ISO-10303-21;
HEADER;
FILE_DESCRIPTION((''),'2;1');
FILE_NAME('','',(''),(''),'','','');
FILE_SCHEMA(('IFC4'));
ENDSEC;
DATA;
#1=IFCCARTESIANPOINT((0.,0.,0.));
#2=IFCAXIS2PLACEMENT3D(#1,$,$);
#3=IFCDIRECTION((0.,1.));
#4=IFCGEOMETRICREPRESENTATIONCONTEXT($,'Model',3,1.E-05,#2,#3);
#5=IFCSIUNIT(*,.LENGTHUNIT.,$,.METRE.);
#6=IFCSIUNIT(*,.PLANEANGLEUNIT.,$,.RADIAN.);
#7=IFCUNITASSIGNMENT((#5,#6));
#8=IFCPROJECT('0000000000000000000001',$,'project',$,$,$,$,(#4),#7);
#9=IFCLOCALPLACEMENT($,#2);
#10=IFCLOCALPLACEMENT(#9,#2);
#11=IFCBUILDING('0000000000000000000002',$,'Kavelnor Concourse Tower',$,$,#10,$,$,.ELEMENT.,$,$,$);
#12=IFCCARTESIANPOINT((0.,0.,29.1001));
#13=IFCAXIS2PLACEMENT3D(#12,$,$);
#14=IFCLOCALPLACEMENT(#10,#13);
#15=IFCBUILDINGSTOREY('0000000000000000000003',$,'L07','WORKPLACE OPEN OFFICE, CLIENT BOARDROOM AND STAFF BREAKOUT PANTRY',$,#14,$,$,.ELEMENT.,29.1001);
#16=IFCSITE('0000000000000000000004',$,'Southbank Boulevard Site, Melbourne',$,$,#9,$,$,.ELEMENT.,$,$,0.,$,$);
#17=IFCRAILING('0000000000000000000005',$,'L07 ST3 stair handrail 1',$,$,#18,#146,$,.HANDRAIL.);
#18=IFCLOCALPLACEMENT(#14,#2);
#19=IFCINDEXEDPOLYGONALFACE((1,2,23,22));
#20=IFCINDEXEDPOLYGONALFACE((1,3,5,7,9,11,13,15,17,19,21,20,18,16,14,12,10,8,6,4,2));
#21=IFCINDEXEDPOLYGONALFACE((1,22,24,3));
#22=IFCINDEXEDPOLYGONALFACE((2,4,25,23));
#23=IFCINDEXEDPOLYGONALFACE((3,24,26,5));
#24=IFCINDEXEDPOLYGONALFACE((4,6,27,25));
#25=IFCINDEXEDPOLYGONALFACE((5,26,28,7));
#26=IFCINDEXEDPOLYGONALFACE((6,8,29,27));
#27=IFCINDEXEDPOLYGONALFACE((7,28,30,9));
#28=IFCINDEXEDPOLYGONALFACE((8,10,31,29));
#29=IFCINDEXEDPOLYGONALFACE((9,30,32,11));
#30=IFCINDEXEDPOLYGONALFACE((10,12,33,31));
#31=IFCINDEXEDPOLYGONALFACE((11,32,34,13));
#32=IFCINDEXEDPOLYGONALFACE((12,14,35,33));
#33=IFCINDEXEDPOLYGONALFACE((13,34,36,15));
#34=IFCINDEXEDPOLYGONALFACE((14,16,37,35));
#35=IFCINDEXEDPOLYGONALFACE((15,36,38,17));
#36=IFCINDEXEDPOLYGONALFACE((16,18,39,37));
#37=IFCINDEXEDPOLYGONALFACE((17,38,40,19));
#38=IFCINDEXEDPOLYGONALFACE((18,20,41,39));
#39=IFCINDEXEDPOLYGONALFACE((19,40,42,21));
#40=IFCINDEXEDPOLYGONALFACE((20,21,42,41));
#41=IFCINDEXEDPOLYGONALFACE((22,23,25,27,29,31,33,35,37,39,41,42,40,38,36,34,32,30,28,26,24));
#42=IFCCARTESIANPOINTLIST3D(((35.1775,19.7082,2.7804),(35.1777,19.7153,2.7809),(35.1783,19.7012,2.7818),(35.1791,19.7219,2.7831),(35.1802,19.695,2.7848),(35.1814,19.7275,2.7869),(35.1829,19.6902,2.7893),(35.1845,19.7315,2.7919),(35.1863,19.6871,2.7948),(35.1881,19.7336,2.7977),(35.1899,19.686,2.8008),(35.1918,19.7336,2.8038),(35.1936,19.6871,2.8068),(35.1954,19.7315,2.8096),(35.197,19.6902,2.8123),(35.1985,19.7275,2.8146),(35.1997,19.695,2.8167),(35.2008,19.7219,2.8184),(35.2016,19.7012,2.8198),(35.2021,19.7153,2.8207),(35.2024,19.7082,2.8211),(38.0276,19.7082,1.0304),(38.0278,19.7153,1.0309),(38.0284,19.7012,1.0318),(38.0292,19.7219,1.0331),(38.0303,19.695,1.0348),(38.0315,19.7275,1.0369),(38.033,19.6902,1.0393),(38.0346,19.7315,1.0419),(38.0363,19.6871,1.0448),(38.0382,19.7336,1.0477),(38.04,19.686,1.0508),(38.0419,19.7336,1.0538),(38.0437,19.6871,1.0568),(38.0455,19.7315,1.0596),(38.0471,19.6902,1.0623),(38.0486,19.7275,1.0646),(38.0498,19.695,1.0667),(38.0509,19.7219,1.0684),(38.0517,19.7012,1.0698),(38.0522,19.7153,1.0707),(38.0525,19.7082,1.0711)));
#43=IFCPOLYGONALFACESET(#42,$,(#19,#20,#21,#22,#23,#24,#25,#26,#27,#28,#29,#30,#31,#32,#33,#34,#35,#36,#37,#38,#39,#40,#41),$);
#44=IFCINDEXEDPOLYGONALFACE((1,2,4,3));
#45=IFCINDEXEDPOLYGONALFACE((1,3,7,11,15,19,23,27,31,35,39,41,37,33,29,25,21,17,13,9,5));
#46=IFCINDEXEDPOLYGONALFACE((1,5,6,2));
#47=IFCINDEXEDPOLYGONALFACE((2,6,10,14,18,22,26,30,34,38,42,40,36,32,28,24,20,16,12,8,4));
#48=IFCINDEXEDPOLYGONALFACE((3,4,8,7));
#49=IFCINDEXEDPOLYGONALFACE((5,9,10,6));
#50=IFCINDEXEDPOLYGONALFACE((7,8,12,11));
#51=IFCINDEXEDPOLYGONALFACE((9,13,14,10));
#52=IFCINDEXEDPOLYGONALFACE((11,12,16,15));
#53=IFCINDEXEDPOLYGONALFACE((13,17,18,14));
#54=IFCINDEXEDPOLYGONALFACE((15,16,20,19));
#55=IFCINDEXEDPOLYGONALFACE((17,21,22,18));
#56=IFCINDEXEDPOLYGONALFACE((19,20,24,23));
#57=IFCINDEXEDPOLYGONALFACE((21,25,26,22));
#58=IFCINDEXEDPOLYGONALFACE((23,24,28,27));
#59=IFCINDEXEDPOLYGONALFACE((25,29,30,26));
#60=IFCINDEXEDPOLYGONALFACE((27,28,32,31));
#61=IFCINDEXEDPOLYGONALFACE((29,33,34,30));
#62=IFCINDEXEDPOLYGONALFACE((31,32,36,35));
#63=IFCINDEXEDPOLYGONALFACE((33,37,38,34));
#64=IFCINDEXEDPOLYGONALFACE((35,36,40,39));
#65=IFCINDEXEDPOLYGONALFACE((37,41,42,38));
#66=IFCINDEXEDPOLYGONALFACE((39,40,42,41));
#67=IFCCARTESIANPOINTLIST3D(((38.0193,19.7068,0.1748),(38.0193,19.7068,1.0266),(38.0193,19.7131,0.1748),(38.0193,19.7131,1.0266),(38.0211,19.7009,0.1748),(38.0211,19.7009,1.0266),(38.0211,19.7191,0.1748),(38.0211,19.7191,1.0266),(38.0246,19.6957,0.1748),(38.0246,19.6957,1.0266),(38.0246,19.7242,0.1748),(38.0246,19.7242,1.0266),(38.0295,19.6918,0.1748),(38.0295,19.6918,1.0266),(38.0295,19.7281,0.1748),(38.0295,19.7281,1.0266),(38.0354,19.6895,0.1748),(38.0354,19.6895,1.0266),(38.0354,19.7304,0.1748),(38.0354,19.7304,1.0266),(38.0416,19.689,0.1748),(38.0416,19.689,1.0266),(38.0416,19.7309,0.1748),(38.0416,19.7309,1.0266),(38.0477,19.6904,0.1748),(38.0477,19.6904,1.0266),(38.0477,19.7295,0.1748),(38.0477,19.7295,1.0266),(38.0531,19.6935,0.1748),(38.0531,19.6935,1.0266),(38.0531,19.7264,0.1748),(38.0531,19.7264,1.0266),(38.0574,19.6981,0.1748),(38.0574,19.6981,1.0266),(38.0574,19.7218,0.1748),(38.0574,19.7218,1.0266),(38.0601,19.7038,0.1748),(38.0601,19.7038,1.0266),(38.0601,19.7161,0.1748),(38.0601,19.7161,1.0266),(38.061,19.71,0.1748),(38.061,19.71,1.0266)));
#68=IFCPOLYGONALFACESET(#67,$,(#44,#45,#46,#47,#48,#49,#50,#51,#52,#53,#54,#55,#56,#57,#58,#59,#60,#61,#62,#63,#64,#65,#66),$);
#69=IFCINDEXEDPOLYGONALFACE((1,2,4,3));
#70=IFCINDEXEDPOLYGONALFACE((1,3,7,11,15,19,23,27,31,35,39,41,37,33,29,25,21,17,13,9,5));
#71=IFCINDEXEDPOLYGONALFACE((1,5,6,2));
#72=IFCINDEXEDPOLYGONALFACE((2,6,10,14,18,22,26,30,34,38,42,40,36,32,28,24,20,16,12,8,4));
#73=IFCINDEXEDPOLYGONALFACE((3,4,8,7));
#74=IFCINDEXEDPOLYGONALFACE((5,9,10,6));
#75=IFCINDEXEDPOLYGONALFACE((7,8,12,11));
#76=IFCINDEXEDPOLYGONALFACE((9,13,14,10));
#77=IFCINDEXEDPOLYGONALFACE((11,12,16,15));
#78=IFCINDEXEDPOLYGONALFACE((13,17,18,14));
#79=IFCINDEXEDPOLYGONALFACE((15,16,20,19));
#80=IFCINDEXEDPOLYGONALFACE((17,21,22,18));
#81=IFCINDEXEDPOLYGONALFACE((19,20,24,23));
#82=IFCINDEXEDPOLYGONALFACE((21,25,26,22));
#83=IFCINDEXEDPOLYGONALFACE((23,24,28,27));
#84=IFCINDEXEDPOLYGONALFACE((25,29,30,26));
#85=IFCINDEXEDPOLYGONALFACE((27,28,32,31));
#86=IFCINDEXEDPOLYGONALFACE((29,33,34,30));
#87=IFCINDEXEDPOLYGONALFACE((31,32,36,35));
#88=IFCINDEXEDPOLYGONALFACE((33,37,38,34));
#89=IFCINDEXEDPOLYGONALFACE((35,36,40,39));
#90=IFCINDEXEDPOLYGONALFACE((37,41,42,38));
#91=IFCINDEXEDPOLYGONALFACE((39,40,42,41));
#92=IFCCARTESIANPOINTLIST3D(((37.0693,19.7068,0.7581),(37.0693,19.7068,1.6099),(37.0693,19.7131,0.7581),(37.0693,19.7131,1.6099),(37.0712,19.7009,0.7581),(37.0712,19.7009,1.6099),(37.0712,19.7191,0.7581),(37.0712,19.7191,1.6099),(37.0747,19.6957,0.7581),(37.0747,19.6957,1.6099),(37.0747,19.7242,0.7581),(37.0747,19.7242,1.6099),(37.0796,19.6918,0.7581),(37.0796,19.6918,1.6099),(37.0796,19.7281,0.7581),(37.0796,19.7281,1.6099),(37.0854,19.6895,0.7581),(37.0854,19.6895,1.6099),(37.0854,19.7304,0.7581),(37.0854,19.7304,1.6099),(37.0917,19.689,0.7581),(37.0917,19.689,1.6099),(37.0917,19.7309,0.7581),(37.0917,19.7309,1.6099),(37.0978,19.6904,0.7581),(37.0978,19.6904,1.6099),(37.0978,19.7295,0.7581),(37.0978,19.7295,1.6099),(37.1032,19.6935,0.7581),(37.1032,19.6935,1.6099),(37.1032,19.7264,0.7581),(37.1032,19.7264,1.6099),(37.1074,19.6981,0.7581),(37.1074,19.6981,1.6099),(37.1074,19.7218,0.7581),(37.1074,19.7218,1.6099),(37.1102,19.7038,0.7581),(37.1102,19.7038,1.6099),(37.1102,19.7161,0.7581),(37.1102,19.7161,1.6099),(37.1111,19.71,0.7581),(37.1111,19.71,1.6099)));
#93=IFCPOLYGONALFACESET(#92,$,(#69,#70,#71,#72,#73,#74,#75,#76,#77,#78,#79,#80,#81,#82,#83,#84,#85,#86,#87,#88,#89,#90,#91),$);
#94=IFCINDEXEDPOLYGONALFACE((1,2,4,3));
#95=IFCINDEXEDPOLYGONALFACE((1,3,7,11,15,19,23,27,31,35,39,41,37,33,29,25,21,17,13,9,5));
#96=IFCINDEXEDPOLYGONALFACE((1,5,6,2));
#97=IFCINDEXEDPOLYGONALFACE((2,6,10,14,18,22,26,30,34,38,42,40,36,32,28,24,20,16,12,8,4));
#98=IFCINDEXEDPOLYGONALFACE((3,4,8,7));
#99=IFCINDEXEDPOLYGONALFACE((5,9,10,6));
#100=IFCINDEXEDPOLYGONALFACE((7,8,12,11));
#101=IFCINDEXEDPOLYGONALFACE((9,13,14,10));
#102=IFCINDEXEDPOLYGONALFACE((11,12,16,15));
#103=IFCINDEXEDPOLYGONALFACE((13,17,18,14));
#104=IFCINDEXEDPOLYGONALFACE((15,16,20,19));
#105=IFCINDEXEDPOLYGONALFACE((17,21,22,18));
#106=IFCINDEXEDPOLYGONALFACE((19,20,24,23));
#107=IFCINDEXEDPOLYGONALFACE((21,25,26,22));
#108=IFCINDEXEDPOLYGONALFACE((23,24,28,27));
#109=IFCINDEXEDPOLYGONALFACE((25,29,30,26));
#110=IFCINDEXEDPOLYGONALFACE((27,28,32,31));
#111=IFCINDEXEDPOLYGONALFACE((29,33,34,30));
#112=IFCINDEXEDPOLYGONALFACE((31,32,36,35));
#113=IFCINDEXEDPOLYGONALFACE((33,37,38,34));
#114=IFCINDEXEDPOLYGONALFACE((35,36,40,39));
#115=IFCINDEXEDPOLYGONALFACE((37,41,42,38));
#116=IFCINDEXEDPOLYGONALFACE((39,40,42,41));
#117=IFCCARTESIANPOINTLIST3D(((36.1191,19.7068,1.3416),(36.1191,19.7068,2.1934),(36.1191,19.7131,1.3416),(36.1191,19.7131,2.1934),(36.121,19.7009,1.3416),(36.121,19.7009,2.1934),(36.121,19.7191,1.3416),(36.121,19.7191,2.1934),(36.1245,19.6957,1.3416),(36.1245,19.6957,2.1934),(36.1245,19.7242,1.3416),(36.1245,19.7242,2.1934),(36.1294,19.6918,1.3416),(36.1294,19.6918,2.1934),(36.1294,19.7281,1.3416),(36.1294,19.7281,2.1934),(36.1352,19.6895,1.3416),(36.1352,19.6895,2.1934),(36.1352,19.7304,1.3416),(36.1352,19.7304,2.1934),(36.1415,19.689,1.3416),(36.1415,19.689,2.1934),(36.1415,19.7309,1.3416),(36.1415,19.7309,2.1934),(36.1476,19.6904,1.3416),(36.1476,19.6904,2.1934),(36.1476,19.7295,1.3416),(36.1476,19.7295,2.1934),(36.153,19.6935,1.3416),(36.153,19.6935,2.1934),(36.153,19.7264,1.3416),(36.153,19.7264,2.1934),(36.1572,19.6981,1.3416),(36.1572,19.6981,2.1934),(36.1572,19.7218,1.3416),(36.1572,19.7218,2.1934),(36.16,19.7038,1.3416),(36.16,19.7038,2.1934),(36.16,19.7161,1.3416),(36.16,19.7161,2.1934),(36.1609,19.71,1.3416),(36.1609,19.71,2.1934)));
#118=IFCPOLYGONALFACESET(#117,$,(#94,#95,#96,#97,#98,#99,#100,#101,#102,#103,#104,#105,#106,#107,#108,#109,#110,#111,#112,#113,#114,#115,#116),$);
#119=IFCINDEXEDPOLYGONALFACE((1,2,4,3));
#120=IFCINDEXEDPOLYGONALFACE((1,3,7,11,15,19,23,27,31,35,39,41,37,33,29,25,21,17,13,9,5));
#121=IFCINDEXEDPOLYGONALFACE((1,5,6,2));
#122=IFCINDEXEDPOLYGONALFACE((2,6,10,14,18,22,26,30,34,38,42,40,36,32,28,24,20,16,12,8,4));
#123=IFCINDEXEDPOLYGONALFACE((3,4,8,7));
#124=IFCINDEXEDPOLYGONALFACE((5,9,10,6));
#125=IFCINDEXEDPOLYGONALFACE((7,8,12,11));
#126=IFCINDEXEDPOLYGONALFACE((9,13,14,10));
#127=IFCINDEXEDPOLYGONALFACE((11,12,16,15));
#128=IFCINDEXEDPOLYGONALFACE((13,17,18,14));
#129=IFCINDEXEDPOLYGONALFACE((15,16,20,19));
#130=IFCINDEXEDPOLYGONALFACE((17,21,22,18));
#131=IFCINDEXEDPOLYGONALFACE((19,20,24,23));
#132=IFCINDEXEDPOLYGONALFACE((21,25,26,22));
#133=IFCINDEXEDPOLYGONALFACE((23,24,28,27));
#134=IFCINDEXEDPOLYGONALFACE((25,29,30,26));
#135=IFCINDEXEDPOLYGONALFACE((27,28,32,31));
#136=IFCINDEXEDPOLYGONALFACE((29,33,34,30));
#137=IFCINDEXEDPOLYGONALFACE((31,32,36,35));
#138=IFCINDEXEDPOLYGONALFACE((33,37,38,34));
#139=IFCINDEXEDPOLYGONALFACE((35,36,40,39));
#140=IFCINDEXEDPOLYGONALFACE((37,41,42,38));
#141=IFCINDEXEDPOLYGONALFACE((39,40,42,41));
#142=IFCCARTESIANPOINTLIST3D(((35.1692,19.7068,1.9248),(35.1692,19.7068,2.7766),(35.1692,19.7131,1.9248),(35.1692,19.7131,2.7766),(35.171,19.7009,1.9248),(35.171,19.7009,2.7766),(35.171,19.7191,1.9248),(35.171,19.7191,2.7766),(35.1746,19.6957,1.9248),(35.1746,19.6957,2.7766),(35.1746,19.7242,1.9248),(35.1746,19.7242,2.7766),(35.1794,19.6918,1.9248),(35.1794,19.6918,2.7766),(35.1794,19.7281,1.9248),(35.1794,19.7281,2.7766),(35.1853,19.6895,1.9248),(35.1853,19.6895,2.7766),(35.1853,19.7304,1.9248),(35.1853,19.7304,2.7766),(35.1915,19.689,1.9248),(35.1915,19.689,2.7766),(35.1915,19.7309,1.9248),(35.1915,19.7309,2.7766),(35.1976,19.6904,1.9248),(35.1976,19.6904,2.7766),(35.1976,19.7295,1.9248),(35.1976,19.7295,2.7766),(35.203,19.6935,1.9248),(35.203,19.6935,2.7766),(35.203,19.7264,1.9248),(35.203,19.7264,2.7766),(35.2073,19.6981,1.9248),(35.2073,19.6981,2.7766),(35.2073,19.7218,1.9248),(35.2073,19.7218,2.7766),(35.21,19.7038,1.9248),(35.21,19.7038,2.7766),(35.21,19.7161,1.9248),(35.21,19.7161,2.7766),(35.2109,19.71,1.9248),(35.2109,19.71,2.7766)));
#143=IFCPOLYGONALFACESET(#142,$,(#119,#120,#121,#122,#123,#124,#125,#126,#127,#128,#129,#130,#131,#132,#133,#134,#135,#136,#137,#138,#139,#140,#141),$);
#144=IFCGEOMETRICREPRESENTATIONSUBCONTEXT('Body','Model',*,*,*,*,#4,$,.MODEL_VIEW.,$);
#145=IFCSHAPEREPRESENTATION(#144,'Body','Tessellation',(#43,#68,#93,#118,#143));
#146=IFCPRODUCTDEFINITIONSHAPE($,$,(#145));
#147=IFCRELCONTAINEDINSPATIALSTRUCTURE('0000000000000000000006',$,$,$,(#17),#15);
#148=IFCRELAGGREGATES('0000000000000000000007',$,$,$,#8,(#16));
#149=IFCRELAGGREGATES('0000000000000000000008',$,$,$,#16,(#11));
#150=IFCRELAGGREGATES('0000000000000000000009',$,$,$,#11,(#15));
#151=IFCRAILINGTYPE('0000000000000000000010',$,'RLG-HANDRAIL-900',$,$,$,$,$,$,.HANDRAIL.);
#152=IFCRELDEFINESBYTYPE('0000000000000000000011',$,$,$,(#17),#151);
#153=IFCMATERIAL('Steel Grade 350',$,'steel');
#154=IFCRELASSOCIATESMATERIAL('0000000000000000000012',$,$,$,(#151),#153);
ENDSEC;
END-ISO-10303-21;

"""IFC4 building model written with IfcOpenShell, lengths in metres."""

from ifc_helpers import new_model, si_unit, direction, frame, origin, origin_2d, place, context, subcontext, project, spatial, circle, extrude, material, type_object, element, save


model = new_model("IFC4")

# Units and contexts
model_context = context("Model", 3, precision=1e-05, world=origin(), true_north=direction((0.0, 1.0)))
body_context = subcontext(model_context, "Body", "Model", "MODEL_VIEW")
ifc_project = project(units=[si_unit("LENGTHUNIT", "METRE"), si_unit("PLANEANGLEUNIT", "RADIAN")], contexts=[model_context])

# Site, building, storey
site_placement = place(None, origin())
site = spatial("IfcSite", under=ifc_project, at=site_placement, Name="Southbank Boulevard Site, Melbourne", CompositionType="ELEMENT", RefElevation=0.0)
building_placement = place(site_placement, origin())
building = spatial("IfcBuilding", under=site, at=building_placement, Name="Kavelnor Concourse Tower", CompositionType="ELEMENT")
storey_placement = place(building_placement, frame((0.0, 0.0, 29.1001)))
storey = spatial("IfcBuildingStorey", under=building, at=storey_placement, Name="L07", Description="WORKPLACE OPEN OFFICE, CLIENT BOARDROOM AND STAFF BREAKOUT PANTRY", CompositionType="ELEMENT", Elevation=29.1001)

# Shared definitions
ifc_material_1 = material(Name="Steel Grade 350", Category="steel")

# Railing
railing_type_1 = type_object("IfcRailingType", Name="RLG-HANDRAIL-900", PredefinedType="HANDRAIL", material=ifc_material_1)
railing_1_placement = place(storey_placement, frame((38.04, 19.71, 0.1748)))
element("IfcRailing", 1, at=railing_1_placement, inside=storey, type_object=railing_type_1, Name="L07 ST3 stair handrail 1", PredefinedType="HANDRAIL", context=body_context, shape_type="SweptSolid", body=[
    extrude(circle(Radius=0.0239, at=origin_2d()), frame((0.0, 0.0, 0.876), z_axis=(-0.852179, 0.0, 0.52325), x_axis=(0.0, -1.0, 0.0)), (0.0, 0.0, 1.0), 3.3445),
    extrude(circle(Radius=0.021, at=origin_2d()), origin(), (0.0, 0.0, 1.0), 0.8518),
    extrude(circle(Radius=0.021, at=origin_2d()), frame((-0.95, 0.0, 0.5833)), (0.0, 0.0, 1.0), 0.8518),
    extrude(circle(Radius=0.021, at=origin_2d()), frame((-1.9001, 0.0, 1.1667)), (0.0, 0.0, 1.0), 0.8518),
    extrude(circle(Radius=0.021, at=origin_2d()), frame((-2.8501, 0.0, 1.75)), (0.0, 0.0, 1.0), 0.8518),
])

save(model, "model.ifc")
